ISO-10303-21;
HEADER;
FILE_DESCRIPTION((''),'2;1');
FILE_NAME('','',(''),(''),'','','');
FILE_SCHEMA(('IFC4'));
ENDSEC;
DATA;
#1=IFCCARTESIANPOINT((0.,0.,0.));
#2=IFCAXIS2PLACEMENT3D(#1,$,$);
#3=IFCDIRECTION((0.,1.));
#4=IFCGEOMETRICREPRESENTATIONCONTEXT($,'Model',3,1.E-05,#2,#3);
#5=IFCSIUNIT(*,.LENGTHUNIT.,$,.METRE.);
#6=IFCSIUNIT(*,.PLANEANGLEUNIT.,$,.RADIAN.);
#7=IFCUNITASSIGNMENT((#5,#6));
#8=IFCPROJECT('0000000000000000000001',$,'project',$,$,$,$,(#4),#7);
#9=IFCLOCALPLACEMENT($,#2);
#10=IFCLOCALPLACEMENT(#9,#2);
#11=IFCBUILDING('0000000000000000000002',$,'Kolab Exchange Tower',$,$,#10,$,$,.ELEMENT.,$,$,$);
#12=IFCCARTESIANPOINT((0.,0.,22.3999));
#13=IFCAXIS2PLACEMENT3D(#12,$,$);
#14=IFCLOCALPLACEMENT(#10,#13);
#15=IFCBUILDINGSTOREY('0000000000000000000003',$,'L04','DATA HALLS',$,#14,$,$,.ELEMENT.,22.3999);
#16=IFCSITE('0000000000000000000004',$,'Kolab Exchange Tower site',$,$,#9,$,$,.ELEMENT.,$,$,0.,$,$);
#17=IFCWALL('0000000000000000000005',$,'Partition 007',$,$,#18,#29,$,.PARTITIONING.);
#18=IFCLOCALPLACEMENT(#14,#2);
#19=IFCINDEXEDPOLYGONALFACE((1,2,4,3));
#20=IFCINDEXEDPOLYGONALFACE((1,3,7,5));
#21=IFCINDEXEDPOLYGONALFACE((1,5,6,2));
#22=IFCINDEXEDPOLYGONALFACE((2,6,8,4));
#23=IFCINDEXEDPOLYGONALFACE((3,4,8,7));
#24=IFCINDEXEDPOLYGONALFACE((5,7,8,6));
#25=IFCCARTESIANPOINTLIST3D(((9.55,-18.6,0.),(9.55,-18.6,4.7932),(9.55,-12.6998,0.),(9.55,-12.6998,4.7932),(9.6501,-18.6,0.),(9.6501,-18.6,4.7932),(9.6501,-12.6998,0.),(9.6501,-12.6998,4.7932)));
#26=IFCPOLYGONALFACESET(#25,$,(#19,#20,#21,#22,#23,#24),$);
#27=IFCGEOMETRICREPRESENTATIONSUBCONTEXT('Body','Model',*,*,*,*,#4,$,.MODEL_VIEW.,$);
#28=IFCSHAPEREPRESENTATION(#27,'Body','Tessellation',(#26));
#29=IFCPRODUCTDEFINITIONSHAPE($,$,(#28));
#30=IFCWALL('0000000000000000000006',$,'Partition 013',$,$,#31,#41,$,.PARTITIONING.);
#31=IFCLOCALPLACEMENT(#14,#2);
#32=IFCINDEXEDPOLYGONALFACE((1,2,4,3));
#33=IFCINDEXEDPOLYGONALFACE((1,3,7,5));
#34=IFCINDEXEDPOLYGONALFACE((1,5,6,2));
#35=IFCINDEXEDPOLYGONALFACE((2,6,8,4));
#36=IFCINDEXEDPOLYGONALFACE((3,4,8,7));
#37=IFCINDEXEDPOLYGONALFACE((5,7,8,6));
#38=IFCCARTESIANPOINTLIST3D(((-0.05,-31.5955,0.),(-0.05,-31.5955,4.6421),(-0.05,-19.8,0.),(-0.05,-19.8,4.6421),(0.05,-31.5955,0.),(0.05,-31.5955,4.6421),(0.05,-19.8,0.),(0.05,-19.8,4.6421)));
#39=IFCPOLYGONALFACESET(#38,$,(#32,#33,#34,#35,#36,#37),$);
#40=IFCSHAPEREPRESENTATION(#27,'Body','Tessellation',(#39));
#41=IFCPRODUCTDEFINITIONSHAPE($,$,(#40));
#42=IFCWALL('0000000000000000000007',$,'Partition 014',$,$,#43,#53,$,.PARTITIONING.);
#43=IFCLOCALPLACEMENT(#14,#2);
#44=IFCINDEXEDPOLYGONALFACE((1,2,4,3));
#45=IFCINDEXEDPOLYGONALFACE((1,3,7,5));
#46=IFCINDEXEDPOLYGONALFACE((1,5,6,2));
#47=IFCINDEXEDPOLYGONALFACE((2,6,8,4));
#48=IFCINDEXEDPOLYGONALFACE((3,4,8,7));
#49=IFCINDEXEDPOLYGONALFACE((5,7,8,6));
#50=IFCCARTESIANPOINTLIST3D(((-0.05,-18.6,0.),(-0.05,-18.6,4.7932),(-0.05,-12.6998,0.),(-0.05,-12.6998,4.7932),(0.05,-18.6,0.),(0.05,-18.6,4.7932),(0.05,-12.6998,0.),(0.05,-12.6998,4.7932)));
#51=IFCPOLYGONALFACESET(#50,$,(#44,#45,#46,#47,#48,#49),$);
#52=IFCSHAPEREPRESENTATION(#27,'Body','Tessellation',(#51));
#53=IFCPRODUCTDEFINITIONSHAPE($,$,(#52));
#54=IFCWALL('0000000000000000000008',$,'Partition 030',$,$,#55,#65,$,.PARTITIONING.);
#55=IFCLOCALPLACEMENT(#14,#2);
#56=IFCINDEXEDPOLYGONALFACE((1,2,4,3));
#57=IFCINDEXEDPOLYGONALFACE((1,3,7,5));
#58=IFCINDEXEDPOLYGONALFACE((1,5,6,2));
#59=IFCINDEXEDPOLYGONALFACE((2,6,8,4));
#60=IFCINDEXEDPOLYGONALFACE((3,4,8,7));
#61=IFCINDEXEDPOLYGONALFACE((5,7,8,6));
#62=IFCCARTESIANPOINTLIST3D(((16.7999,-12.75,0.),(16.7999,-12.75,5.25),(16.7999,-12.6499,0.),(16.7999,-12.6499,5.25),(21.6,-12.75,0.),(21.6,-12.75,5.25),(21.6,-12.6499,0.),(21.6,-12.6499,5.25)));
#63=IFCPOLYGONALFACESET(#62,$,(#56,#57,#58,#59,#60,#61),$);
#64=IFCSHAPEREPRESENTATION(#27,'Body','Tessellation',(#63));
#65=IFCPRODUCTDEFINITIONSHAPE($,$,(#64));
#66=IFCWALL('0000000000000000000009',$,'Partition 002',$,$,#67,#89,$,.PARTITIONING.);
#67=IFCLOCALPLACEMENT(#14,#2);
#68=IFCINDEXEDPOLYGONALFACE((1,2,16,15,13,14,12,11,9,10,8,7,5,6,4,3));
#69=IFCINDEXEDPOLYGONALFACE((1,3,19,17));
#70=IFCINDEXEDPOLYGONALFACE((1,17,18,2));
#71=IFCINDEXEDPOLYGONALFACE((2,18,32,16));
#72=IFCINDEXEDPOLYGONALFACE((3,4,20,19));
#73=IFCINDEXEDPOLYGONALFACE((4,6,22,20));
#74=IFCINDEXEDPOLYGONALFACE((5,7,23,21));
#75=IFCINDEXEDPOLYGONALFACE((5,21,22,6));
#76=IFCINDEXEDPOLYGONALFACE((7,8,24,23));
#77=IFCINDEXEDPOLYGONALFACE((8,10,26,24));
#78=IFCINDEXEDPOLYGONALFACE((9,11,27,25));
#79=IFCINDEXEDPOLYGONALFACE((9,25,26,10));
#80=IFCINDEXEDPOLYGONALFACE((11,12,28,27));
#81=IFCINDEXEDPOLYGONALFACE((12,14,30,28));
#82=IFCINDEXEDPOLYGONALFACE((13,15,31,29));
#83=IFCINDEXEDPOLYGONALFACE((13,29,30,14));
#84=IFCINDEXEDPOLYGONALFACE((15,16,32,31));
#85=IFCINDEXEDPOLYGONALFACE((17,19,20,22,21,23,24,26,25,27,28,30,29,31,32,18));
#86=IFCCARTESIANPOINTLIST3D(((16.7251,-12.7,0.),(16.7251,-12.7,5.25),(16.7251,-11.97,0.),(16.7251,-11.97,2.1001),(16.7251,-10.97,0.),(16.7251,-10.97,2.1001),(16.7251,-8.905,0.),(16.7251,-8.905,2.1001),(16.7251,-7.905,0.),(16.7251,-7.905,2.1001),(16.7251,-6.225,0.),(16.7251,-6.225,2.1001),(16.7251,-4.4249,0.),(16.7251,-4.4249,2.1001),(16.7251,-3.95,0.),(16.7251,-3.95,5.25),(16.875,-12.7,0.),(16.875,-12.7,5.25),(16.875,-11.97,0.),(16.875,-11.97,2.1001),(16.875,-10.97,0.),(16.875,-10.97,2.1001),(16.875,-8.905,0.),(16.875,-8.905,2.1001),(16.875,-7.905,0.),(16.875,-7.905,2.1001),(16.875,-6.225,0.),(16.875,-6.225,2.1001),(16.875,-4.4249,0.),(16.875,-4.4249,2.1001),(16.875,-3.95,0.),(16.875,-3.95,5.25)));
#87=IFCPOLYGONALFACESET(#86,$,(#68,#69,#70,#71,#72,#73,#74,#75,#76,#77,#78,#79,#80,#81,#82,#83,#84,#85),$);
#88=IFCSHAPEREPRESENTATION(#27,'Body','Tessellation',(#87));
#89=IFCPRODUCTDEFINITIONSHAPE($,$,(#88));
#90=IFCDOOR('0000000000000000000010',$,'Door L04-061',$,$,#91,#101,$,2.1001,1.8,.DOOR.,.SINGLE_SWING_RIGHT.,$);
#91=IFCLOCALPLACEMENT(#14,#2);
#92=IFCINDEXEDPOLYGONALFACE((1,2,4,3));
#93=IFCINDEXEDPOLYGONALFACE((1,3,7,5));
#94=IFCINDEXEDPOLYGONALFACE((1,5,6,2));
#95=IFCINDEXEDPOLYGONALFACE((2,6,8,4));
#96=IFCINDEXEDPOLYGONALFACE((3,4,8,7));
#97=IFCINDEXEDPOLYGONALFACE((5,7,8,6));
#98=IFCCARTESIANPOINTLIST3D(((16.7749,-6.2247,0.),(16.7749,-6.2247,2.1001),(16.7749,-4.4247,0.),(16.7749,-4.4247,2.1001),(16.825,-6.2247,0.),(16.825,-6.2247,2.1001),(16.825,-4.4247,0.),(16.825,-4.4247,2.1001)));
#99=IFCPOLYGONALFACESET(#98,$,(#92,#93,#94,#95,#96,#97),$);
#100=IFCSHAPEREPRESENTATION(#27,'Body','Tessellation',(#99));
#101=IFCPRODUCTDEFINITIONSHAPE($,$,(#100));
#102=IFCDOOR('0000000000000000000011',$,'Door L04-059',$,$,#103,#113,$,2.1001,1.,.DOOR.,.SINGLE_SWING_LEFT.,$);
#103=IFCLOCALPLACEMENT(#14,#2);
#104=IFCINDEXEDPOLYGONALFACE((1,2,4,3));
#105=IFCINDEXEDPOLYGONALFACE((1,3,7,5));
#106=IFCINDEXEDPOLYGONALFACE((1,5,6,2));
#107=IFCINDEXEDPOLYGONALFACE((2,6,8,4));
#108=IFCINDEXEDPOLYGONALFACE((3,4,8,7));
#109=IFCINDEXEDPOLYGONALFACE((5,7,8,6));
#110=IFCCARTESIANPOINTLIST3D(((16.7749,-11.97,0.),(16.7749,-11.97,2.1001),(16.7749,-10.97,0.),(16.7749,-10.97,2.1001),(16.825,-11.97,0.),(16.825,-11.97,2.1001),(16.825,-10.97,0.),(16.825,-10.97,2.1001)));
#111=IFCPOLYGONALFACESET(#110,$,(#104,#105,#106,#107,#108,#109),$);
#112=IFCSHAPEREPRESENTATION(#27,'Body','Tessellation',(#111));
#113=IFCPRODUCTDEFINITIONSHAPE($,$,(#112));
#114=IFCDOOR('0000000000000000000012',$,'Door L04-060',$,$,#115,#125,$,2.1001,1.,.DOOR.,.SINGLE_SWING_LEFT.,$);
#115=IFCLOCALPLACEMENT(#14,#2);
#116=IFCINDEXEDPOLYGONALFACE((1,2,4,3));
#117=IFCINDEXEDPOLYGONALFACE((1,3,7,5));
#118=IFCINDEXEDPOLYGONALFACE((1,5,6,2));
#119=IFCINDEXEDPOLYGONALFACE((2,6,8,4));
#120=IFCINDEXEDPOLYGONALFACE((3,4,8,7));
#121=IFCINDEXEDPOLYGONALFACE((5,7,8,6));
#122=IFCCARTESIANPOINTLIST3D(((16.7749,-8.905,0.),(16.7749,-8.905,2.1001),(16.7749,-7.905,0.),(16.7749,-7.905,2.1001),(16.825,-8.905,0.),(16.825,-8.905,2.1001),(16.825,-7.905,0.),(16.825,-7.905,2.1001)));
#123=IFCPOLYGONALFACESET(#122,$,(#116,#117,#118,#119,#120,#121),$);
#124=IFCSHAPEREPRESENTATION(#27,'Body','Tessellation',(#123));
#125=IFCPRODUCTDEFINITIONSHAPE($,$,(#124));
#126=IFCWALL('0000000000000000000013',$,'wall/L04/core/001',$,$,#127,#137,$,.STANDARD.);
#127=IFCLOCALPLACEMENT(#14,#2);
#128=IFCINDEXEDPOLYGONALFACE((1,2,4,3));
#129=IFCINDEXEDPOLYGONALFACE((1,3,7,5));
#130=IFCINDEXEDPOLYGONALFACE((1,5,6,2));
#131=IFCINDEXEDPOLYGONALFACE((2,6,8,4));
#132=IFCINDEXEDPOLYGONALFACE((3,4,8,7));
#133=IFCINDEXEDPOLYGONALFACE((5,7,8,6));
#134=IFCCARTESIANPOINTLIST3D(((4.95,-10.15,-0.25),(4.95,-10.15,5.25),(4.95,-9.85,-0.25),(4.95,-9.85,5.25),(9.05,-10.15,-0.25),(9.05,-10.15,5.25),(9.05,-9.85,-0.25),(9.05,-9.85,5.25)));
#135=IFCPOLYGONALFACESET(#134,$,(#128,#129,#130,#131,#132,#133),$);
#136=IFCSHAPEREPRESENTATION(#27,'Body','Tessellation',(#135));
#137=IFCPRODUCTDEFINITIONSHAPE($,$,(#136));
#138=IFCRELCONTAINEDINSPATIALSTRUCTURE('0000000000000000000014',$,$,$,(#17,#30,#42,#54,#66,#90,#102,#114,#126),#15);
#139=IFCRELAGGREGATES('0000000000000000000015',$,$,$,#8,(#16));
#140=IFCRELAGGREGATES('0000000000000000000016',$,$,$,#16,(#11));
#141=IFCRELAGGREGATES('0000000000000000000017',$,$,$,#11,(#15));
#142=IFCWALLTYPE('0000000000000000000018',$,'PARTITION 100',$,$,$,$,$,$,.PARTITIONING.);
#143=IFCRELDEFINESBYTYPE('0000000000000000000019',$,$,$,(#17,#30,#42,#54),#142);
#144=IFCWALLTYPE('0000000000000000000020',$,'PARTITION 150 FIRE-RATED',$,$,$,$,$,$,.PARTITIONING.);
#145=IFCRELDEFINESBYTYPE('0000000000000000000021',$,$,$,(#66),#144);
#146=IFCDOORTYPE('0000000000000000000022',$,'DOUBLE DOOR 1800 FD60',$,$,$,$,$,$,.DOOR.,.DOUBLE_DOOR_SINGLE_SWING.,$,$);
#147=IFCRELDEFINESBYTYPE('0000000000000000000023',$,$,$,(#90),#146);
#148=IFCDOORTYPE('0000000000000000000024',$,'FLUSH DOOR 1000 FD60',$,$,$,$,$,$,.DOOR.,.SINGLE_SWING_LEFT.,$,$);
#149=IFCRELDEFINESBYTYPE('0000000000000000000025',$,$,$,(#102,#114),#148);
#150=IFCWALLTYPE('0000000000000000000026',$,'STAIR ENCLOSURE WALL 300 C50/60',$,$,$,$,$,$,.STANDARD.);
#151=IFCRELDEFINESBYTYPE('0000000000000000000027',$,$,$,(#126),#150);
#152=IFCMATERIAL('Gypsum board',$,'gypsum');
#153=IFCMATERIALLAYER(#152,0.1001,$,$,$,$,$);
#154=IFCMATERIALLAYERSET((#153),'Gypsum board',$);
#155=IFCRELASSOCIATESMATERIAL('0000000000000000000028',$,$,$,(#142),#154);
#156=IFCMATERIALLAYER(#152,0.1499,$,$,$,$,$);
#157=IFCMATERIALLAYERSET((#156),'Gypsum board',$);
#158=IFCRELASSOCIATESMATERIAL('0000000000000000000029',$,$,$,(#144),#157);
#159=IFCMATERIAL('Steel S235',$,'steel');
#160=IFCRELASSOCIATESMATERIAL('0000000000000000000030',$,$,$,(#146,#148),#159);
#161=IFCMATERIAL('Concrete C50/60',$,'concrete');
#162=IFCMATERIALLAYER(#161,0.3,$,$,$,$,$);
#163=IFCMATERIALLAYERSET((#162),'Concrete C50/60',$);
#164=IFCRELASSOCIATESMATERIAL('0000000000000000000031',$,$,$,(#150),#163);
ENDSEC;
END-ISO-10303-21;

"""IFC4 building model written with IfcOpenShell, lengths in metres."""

from ifc_helpers import new_model, si_unit, direction, frame, frame_2d, origin, place, context, subcontext, project, spatial, rectangle, extrude, material, layer, layer_set, type_object, element, fill, save


model = new_model("IFC4")

# Units and contexts
model_context = context("Model", 3, precision=1e-05, world=origin(), true_north=direction((0.0, 1.0)))
body_context = subcontext(model_context, "Body", "Model", "MODEL_VIEW")
ifc_project = project(units=[si_unit("LENGTHUNIT", "METRE"), si_unit("PLANEANGLEUNIT", "RADIAN")], contexts=[model_context])

# Site, building, storey
site_placement = place(None, origin())
site = spatial("IfcSite", under=ifc_project, at=site_placement, Name="Kolab Exchange Tower site", CompositionType="ELEMENT", RefElevation=0.0)
building_placement = place(site_placement, origin())
building = spatial("IfcBuilding", under=site, at=building_placement, Name="Kolab Exchange Tower", CompositionType="ELEMENT")
storey_placement = place(building_placement, frame((0.0, 0.0, 22.3999)))
storey = spatial("IfcBuildingStorey", under=building, at=storey_placement, Name="L04", Description="DATA HALLS", CompositionType="ELEMENT", Elevation=22.3999)

# Shared definitions
ifc_material_1 = material(Name="Steel S235", Category="steel")

# Walls
ifc_material_2 = material(Name="Concrete C50/60", Category="concrete")
ifc_material_3 = material(Name="Gypsum board", Category="gypsum")
ifc_layer_1 = layer(ifc_material_3, 0.1001)
ifc_layer_set_1 = layer_set([ifc_layer_1], Name="Gypsum board")
wall_type_1 = type_object("IfcWallType", Name="PARTITION 100", PredefinedType="PARTITIONING", material=ifc_layer_set_1)
wall_1_placement = place(storey_placement, frame((9.6001, -18.6001, 0.0), z_axis=(0.0, 0.0, 1.0), x_axis=(0.0, 1.0, 0.0)))
element("IfcWall", 1, at=wall_1_placement, inside=storey, type_object=wall_type_1, Name="Partition 007", PredefinedType="PARTITIONING", context=body_context, shape_type="SweptSolid", body=[
    extrude(rectangle(XDim=5.9001, YDim=0.1001, at=frame_2d((2.9502, 0.0))), origin(), (0.0, 0.0, 1.0), 4.7932),
])
wall_2_placement = place(storey_placement, frame((0.0, -31.5955, 0.0), z_axis=(0.0, 0.0, 1.0), x_axis=(0.0, 1.0, 0.0)))
element("IfcWall", 2, at=wall_2_placement, inside=storey, type_object=wall_type_1, Name="Partition 013", PredefinedType="PARTITIONING", context=body_context, shape_type="SweptSolid", body=[
    extrude(rectangle(XDim=11.7954, YDim=0.1001, at=frame_2d((5.8977, 0.0))), origin(), (0.0, 0.0, 1.0), 4.6421),
])
wall_3_placement = place(storey_placement, frame((0.0, -18.6001, 0.0), z_axis=(0.0, 0.0, 1.0), x_axis=(0.0, 1.0, 0.0)))
element("IfcWall", 3, at=wall_3_placement, inside=storey, type_object=wall_type_1, Name="Partition 014", PredefinedType="PARTITIONING", context=body_context, shape_type="SweptSolid", body=[
    extrude(rectangle(XDim=5.9001, YDim=0.1001, at=frame_2d((2.9502, 0.0))), origin(), (0.0, 0.0, 1.0), 4.7932),
])
wall_4_placement = place(storey_placement, frame((16.8, -12.7, 0.0), z_axis=(0.0, 0.0, 1.0), x_axis=(1.0, 0.0, 0.0)))
element("IfcWall", 4, at=wall_4_placement, inside=storey, type_object=wall_type_1, Name="Partition 030", PredefinedType="PARTITIONING", context=body_context, shape_type="SweptSolid", body=[
    extrude(rectangle(XDim=4.8, YDim=0.1001, at=frame_2d((2.3999, 0.0))), origin(), (0.0, 0.0, 1.0), 5.25),
])

# Wall, openings, doors
ifc_layer_2 = layer(ifc_material_3, 0.1499)
ifc_layer_set_2 = layer_set([ifc_layer_2], Name="Gypsum board")
wall_type_2 = type_object("IfcWallType", Name="PARTITION 150 FIRE-RATED", PredefinedType="PARTITIONING", material=ifc_layer_set_2)
wall_5_placement = place(storey_placement, frame((16.8, -12.7, 0.0), z_axis=(0.0, 0.0, 1.0), x_axis=(0.0, 1.0, 0.0)))
wall_5 = element("IfcWall", 5, at=wall_5_placement, inside=storey, type_object=wall_type_2, Name="Partition 002", PredefinedType="PARTITIONING", context=body_context, shape_type="SweptSolid", body=[
    extrude(rectangle(XDim=8.75, YDim=0.1499, at=frame_2d((4.375, 0.0))), origin(), (0.0, 0.0, 1.0), 5.25),
])
opening_1_placement = place(wall_5_placement, frame((0.73, 0.0, 0.0)))
opening_1 = element("IfcOpeningElement", 6, at=opening_1_placement, cuts=wall_5, PredefinedType="OPENING", context=body_context, shape_type="SweptSolid", body=[
    extrude(rectangle(XDim=1.0, YDim=2.1001, at=frame_2d((0.5, 1.05))), frame((0.0, 0.085, 0.0), z_axis=(0.0, -1.0, 0.0), x_axis=(1.0, 0.0, 0.0)), (0.0, 0.0, 1.0), 0.1699),
])
opening_2_placement = place(wall_5_placement, frame((3.7949, 0.0, 0.0)))
opening_2 = element("IfcOpeningElement", 7, at=opening_2_placement, cuts=wall_5, PredefinedType="OPENING", context=body_context, shape_type="SweptSolid", body=[
    extrude(rectangle(XDim=1.0, YDim=2.1001, at=frame_2d((0.5, 1.05))), frame((0.0, 0.085, 0.0), z_axis=(0.0, -1.0, 0.0), x_axis=(1.0, 0.0, 0.0)), (0.0, 0.0, 1.0), 0.1699),
])
opening_3_placement = place(wall_5_placement, frame((6.4751, 0.0, 0.0)))
opening_3 = element("IfcOpeningElement", 8, at=opening_3_placement, cuts=wall_5, PredefinedType="OPENING", context=body_context, shape_type="SweptSolid", body=[
    extrude(rectangle(XDim=1.8, YDim=2.1001, at=frame_2d((0.8999, 1.05))), frame((0.0, 0.085, 0.0), z_axis=(0.0, -1.0, 0.0), x_axis=(1.0, 0.0, 0.0)), (0.0, 0.0, 1.0), 0.1699),
])
door_type_1 = type_object("IfcDoorType", Name="DOUBLE DOOR 1800 FD60", OperationType="DOUBLE_DOOR_SINGLE_SWING", PredefinedType="DOOR", material=ifc_material_1)
door_1_placement = place(opening_3_placement, frame((1.8, 0.0, 0.0), z_axis=(0.0, 0.0, 1.0), x_axis=(-1.0, 0.0, 0.0)))
door_1 = element("IfcDoor", 9, at=door_1_placement, inside=storey, type_object=door_type_1, Name="Door L04-061", OperationType="SINGLE_SWING_RIGHT", OverallHeight=2.1001, OverallWidth=1.8, PredefinedType="DOOR", context=body_context, shape_type="SweptSolid", body=[
    extrude(rectangle(XDim=1.8, YDim=2.1001, at=frame_2d((0.8999, 1.05))), frame((0.0, 0.0249, 0.0), z_axis=(0.0, -1.0, 0.0), x_axis=(1.0, 0.0, 0.0)), (0.0, 0.0, 1.0), 0.05),
])
fill(opening_3, door_1)
door_type_2 = type_object("IfcDoorType", Name="FLUSH DOOR 1000 FD60", OperationType="SINGLE_SWING_LEFT", PredefinedType="DOOR", material=ifc_material_1)
door_2_placement = place(opening_1_placement, frame((1.0, 0.0, 0.0), z_axis=(0.0, 0.0, 1.0), x_axis=(-1.0, 0.0, 0.0)))
door_2 = element("IfcDoor", 10, at=door_2_placement, inside=storey, type_object=door_type_2, Name="Door L04-059", OperationType="SINGLE_SWING_LEFT", OverallHeight=2.1001, OverallWidth=1.0, PredefinedType="DOOR", context=body_context, shape_type="SweptSolid", body=[
    extrude(rectangle(XDim=1.0, YDim=2.1001, at=frame_2d((0.5, 1.05))), frame((0.0, 0.0249, 0.0), z_axis=(0.0, -1.0, 0.0), x_axis=(1.0, 0.0, 0.0)), (0.0, 0.0, 1.0), 0.05),
])
fill(opening_1, door_2)
door_3_placement = place(opening_2_placement, frame((1.0, 0.0, 0.0), z_axis=(0.0, 0.0, 1.0), x_axis=(-1.0, 0.0, 0.0)))
door_3 = element("IfcDoor", 11, at=door_3_placement, inside=storey, type_object=door_type_2, Name="Door L04-060", OperationType="SINGLE_SWING_LEFT", OverallHeight=2.1001, OverallWidth=1.0, PredefinedType="DOOR", context=body_context, shape_type="SweptSolid", body=[
    extrude(rectangle(XDim=1.0, YDim=2.1001, at=frame_2d((0.5, 1.05))), frame((0.0, 0.0249, 0.0), z_axis=(0.0, -1.0, 0.0), x_axis=(1.0, 0.0, 0.0)), (0.0, 0.0, 1.0), 0.05),
])
fill(opening_2, door_3)

# Wall
ifc_layer_3 = layer(ifc_material_2, 0.3)
ifc_layer_set_3 = layer_set([ifc_layer_3], Name="Concrete C50/60")
wall_type_3 = type_object("IfcWallType", Name="STAIR ENCLOSURE WALL 300 C50/60", PredefinedType="STANDARD", material=ifc_layer_set_3)
wall_6_placement = place(storey_placement, frame((4.95, -10.0, -0.25), z_axis=(0.0, 0.0, 1.0), x_axis=(1.0, 0.0, 0.0)))
element("IfcWall", 12, at=wall_6_placement, inside=storey, type_object=wall_type_3, Name="wall/L04/core/001", PredefinedType="STANDARD", context=body_context, shape_type="SweptSolid", body=[
    extrude(rectangle(XDim=4.1001, YDim=0.3, at=frame_2d((2.05, 0.0))), origin(), (0.0, 0.0, 1.0), 5.5),
])

save(model, "model.ifc")
